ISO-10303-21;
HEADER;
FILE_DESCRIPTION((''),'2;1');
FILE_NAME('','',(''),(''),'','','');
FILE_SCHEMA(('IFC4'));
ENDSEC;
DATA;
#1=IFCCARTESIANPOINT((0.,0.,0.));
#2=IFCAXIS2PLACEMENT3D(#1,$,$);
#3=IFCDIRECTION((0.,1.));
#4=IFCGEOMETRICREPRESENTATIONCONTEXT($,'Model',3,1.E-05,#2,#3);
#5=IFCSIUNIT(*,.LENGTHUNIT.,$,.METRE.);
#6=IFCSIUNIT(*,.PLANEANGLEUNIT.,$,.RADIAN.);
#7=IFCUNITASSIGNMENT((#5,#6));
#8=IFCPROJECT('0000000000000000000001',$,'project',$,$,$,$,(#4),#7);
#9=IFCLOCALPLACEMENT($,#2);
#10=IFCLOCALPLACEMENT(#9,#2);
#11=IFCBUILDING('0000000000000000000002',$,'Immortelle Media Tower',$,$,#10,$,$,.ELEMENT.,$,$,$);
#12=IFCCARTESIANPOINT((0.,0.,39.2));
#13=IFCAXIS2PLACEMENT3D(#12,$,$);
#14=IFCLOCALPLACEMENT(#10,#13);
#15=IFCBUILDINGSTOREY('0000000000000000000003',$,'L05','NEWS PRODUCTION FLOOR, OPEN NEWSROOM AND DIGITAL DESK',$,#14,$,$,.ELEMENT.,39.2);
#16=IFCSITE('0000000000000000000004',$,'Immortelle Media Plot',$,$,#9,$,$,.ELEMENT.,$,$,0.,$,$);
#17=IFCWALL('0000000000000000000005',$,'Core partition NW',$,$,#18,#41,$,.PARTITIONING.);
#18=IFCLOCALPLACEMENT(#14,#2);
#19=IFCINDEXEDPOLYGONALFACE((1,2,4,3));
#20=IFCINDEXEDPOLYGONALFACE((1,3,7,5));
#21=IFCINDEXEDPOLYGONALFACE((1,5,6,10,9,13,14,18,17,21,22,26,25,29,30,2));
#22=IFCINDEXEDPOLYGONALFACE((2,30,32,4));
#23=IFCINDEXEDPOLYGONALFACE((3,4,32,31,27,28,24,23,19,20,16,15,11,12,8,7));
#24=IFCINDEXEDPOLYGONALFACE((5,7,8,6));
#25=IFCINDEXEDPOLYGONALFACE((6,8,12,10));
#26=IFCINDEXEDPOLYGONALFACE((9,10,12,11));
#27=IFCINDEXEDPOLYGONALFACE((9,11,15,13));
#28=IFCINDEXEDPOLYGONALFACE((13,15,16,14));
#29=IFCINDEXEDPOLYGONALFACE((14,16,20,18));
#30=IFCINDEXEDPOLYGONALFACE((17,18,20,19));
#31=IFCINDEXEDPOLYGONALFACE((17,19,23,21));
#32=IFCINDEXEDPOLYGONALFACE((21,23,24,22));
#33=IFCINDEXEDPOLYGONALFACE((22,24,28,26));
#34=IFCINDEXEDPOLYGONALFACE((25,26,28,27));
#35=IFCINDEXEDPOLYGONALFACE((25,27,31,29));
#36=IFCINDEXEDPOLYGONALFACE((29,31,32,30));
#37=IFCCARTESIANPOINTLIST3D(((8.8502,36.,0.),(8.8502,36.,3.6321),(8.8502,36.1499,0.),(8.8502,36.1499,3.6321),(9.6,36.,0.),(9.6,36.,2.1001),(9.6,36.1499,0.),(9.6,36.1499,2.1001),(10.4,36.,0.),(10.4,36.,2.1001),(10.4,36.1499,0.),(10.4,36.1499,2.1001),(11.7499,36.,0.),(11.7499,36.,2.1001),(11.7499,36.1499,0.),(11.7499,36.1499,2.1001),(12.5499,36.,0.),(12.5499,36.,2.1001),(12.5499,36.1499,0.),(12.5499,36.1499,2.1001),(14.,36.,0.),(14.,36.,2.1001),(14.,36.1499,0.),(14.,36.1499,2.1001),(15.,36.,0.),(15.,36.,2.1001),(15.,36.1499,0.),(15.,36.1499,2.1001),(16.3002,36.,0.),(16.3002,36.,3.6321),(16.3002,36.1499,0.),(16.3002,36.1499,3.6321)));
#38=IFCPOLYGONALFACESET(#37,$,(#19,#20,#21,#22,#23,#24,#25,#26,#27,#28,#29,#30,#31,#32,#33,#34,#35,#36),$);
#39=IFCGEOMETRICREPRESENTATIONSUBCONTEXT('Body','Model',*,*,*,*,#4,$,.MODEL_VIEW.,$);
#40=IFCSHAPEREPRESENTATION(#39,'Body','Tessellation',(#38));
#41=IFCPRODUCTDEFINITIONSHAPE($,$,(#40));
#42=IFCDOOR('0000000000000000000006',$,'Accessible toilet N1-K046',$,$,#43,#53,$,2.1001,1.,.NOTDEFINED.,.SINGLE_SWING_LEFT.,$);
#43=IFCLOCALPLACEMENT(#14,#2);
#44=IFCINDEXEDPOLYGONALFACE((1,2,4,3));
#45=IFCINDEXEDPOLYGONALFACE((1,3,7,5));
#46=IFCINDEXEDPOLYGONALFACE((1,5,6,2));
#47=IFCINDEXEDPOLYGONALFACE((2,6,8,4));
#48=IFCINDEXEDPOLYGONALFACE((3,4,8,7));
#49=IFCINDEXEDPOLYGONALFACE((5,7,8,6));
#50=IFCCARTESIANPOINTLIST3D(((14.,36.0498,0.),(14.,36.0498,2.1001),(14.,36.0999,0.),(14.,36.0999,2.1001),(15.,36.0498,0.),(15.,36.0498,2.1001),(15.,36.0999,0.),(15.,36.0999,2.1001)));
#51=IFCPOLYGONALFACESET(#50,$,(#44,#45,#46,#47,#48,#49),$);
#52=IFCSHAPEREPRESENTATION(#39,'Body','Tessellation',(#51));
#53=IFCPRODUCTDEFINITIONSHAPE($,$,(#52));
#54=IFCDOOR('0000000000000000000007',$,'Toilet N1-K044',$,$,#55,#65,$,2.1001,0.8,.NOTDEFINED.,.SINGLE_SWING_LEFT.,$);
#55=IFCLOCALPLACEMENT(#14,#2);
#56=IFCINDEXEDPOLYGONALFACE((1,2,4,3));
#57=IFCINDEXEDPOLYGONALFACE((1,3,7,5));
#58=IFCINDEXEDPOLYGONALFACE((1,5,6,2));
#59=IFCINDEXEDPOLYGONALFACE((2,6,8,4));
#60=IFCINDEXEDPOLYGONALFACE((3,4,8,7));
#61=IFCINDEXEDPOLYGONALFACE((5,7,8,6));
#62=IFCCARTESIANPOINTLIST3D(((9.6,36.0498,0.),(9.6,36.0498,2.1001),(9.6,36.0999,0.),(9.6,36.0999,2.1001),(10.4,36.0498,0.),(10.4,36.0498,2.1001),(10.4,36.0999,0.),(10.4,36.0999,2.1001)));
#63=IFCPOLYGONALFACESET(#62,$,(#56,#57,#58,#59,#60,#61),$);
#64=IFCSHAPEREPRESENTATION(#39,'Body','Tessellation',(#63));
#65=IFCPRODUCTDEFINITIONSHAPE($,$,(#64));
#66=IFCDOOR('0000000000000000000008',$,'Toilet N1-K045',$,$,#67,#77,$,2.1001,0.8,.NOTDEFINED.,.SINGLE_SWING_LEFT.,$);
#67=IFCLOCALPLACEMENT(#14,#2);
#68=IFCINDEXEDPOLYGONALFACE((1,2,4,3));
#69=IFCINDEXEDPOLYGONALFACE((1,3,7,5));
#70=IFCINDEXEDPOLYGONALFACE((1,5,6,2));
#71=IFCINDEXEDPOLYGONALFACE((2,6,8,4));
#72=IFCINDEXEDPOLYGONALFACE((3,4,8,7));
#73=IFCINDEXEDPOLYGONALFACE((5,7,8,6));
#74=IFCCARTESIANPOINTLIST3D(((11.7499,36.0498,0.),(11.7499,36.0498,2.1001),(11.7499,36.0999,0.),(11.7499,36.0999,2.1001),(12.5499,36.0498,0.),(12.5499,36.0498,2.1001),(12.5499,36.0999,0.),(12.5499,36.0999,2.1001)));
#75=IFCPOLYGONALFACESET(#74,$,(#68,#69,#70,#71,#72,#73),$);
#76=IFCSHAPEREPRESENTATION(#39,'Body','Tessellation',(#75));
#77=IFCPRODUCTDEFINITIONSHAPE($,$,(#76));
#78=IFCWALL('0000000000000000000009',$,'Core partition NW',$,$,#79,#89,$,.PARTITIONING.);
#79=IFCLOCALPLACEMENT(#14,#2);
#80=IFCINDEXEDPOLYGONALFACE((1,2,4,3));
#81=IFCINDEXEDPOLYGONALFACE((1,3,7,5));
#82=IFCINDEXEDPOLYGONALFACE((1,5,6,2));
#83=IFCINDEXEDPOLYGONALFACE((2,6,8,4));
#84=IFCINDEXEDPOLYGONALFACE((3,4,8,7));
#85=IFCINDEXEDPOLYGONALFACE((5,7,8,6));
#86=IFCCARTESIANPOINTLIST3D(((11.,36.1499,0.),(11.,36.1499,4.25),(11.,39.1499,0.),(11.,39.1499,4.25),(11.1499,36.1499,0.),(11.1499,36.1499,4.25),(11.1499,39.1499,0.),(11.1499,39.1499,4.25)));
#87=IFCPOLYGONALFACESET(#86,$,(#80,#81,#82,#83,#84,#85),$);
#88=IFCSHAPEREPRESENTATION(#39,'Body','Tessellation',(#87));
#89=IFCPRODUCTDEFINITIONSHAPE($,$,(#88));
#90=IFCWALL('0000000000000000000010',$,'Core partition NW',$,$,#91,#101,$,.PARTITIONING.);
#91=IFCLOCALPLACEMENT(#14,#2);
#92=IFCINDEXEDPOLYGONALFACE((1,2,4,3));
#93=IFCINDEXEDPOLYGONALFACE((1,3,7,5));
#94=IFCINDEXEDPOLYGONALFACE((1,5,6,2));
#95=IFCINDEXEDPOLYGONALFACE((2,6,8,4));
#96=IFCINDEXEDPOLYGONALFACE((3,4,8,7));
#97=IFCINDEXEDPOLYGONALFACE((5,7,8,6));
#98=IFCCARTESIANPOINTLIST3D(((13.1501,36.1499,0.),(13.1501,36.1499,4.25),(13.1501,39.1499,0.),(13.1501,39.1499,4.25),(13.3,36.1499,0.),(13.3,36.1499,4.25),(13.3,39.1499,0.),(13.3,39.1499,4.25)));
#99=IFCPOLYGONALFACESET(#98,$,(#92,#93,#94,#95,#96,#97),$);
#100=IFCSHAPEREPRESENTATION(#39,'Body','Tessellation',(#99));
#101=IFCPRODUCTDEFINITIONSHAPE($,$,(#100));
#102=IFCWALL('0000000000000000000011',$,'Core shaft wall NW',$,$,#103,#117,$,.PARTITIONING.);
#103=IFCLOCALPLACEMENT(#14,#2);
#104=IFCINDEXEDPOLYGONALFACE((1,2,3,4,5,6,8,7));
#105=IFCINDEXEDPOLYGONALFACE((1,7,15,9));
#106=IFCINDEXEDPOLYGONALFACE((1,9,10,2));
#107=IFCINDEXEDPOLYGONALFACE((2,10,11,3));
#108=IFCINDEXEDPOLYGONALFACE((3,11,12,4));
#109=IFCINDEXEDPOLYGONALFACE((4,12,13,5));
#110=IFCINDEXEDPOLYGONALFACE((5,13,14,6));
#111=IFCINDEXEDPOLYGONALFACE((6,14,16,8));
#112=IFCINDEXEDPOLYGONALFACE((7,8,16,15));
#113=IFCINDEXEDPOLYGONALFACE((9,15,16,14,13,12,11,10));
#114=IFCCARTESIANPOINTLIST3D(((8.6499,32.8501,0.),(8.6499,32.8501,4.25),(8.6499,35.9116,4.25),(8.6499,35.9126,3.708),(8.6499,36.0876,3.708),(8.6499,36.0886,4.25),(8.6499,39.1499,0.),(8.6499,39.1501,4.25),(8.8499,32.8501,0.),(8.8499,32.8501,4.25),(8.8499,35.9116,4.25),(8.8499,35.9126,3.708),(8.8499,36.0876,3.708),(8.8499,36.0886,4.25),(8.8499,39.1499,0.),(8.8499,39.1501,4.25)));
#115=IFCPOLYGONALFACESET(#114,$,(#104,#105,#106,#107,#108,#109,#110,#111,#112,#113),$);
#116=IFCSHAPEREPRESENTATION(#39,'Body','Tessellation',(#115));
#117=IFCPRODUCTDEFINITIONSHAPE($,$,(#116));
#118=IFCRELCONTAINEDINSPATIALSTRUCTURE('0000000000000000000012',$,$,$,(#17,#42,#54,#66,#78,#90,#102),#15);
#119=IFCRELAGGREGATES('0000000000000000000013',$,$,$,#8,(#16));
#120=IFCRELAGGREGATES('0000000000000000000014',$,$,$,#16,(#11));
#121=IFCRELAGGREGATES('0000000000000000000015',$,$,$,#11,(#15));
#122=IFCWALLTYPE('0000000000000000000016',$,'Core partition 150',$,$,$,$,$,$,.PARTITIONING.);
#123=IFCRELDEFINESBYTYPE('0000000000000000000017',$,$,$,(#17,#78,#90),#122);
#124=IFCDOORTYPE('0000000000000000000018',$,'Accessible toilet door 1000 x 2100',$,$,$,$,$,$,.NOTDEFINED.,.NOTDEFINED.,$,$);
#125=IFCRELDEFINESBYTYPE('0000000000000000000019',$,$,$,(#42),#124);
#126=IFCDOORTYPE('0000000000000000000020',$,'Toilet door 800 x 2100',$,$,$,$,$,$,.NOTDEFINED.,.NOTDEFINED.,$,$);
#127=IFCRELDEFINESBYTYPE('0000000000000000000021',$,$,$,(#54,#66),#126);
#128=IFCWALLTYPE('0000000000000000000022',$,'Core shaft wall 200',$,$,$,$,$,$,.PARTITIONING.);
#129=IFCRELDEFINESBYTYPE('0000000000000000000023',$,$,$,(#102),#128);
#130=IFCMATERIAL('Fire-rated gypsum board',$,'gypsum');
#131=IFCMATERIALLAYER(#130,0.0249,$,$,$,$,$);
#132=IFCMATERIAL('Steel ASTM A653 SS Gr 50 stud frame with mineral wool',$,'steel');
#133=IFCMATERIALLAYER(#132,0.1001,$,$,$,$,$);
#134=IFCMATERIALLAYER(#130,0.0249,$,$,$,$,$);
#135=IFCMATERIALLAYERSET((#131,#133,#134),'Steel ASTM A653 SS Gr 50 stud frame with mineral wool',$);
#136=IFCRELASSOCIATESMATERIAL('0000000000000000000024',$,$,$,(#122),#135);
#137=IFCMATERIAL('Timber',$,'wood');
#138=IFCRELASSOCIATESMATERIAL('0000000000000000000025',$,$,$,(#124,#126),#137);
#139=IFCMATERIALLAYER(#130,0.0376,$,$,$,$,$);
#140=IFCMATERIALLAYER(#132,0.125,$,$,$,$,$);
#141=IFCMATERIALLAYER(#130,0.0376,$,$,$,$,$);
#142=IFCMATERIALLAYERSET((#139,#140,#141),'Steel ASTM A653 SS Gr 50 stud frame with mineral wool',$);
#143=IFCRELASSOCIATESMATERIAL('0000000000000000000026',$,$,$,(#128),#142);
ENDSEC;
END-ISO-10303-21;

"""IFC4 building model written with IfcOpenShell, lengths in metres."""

from ifc_helpers import new_model, si_unit, direction, frame, frame_2d, origin, place, context, subcontext, project, spatial, polyline, rectangle, outline, extrude, material, layer, layer_set, type_object, element, fill, save


model = new_model("IFC4")

# Units and contexts
model_context = context("Model", 3, precision=1e-05, world=origin(), true_north=direction((0.0, 1.0)))
body_context = subcontext(model_context, "Body", "Model", "MODEL_VIEW")
ifc_project = project(units=[si_unit("LENGTHUNIT", "METRE"), si_unit("PLANEANGLEUNIT", "RADIAN")], contexts=[model_context])

# Site, building, storey
site_placement = place(None, origin())
site = spatial("IfcSite", under=ifc_project, at=site_placement, Name="Immortelle Media Plot", CompositionType="ELEMENT", RefElevation=0.0)
building_placement = place(site_placement, origin())
building = spatial("IfcBuilding", under=site, at=building_placement, Name="Immortelle Media Tower", CompositionType="ELEMENT")
storey_placement = place(building_placement, frame((0.0, 0.0, 39.2)))
storey = spatial("IfcBuildingStorey", under=building, at=storey_placement, Name="L05", Description="NEWS PRODUCTION FLOOR, OPEN NEWSROOM AND DIGITAL DESK", CompositionType="ELEMENT", Elevation=39.2)

# Wall, openings, doors
ifc_material_1 = material(Name="Fire-rated gypsum board", Category="gypsum")
ifc_layer_1 = layer(ifc_material_1, 0.0249)
ifc_material_2 = material(Name="Steel ASTM A653 SS Gr 50 stud frame with mineral wool", Category="steel")
ifc_layer_2 = layer(ifc_material_2, 0.1001)
ifc_layer_3 = layer(ifc_material_1, 0.0249)
ifc_layer_set_1 = layer_set([ifc_layer_1, ifc_layer_2, ifc_layer_3], Name="Steel ASTM A653 SS Gr 50 stud frame with mineral wool")
wall_type_1 = type_object("IfcWallType", Name="Core partition 150", PredefinedType="PARTITIONING", material=ifc_layer_set_1)
wall_1_placement = place(storey_placement, frame((8.8501, 36.075, 0.0), z_axis=(0.0, 0.0, 1.0), x_axis=(1.0, 0.0, 0.0)))
wall_1 = element("IfcWall", 1, at=wall_1_placement, inside=storey, type_object=wall_type_1, Name="Core partition NW", PredefinedType="PARTITIONING", context=body_context, shape_type="SweptSolid", body=[
    extrude(rectangle(XDim=7.45, YDim=0.1499, at=frame_2d((3.7251, 0.0))), origin(), (0.0, 0.0, 1.0), 3.6321),
])
opening_1_placement = place(wall_1_placement, frame((0.75, 0.0, 0.0)))
opening_1 = element("IfcOpeningElement", 2, at=opening_1_placement, cuts=wall_1, PredefinedType="OPENING", context=body_context, shape_type="SweptSolid", body=[
    extrude(rectangle(XDim=0.8, YDim=2.1001, at=frame_2d((0.3999, 1.05))), frame((0.0, 0.085, 0.0), z_axis=(0.0, -1.0, 0.0), x_axis=(1.0, 0.0, 0.0)), (0.0, 0.0, 1.0), 0.1699),
])
opening_2_placement = place(wall_1_placement, frame((2.8999, 0.0, 0.0)))
opening_2 = element("IfcOpeningElement", 3, at=opening_2_placement, cuts=wall_1, PredefinedType="OPENING", context=body_context, shape_type="SweptSolid", body=[
    extrude(rectangle(XDim=0.8, YDim=2.1001, at=frame_2d((0.3999, 1.05))), frame((0.0, 0.085, 0.0), z_axis=(0.0, -1.0, 0.0), x_axis=(1.0, 0.0, 0.0)), (0.0, 0.0, 1.0), 0.1699),
])
opening_3_placement = place(wall_1_placement, frame((5.1499, 0.0, 0.0)))
opening_3 = element("IfcOpeningElement", 4, at=opening_3_placement, cuts=wall_1, PredefinedType="OPENING", context=body_context, shape_type="SweptSolid", body=[
    extrude(rectangle(XDim=1.0, YDim=2.1001, at=frame_2d((0.5, 1.05))), frame((0.0, 0.085, 0.0), z_axis=(0.0, -1.0, 0.0), x_axis=(1.0, 0.0, 0.0)), (0.0, 0.0, 1.0), 0.1699),
])
ifc_material_3 = material(Name="Timber", Category="wood")
door_type_1 = type_object("IfcDoorType", Name="Accessible toilet door 1000 x 2100", OperationType="NOTDEFINED", PredefinedType="NOTDEFINED", material=ifc_material_3)
door_1_placement = place(opening_3_placement, origin())
door_1 = element("IfcDoor", 5, at=door_1_placement, inside=storey, type_object=door_type_1, Name="Accessible toilet N1-K046", OperationType="SINGLE_SWING_LEFT", OverallHeight=2.1001, OverallWidth=1.0, PredefinedType="NOTDEFINED", context=body_context, shape_type="SweptSolid", body=[
    extrude(rectangle(XDim=1.0, YDim=2.1001, at=frame_2d((0.5, 1.05))), frame((0.0, 0.0249, 0.0), z_axis=(0.0, -1.0, 0.0), x_axis=(1.0, 0.0, 0.0)), (0.0, 0.0, 1.0), 0.05),
])
fill(opening_3, door_1)
door_type_2 = type_object("IfcDoorType", Name="Toilet door 800 x 2100", OperationType="NOTDEFINED", PredefinedType="NOTDEFINED", material=ifc_material_3)
door_2_placement = place(opening_1_placement, origin())
door_2 = element("IfcDoor", 6, at=door_2_placement, inside=storey, type_object=door_type_2, Name="Toilet N1-K044", OperationType="SINGLE_SWING_LEFT", OverallHeight=2.1001, OverallWidth=0.8, PredefinedType="NOTDEFINED", context=body_context, shape_type="SweptSolid", body=[
    extrude(rectangle(XDim=0.8, YDim=2.1001, at=frame_2d((0.3999, 1.05))), frame((0.0, 0.0249, 0.0), z_axis=(0.0, -1.0, 0.0), x_axis=(1.0, 0.0, 0.0)), (0.0, 0.0, 1.0), 0.05),
])
fill(opening_1, door_2)
door_3_placement = place(opening_2_placement, origin())
door_3 = element("IfcDoor", 7, at=door_3_placement, inside=storey, type_object=door_type_2, Name="Toilet N1-K045", OperationType="SINGLE_SWING_LEFT", OverallHeight=2.1001, OverallWidth=0.8, PredefinedType="NOTDEFINED", context=body_context, shape_type="SweptSolid", body=[
    extrude(rectangle(XDim=0.8, YDim=2.1001, at=frame_2d((0.3999, 1.05))), frame((0.0, 0.0249, 0.0), z_axis=(0.0, -1.0, 0.0), x_axis=(1.0, 0.0, 0.0)), (0.0, 0.0, 1.0), 0.05),
])
fill(opening_2, door_3)

# Walls
for number, where, z_axis, x_axis, name in (
    (8, (11.075, 36.1499, 0.0), (0.0, 0.0, 1.0), (0.0, 1.0, 0.0), "Core partition NW"),
    (9, (13.2251, 36.1499, 0.0), (0.0, 0.0, 1.0), (0.0, 1.0, 0.0), "Core partition NW"),
):
    element("IfcWall", number, at=place(storey_placement, frame(where, z_axis=z_axis, x_axis=x_axis)), inside=storey, type_object=wall_type_1, Name=name, PredefinedType="PARTITIONING", context=body_context, shape_type="SweptSolid", body=[
        extrude(rectangle(XDim=3.0, YDim=0.1499, at=frame_2d((1.5, 0.0))), origin(), (0.0, 0.0, 1.0), 4.25),
    ])
ifc_layer_4 = layer(ifc_material_1, 0.0376)
ifc_layer_5 = layer(ifc_material_2, 0.125)
ifc_layer_6 = layer(ifc_material_1, 0.0376)
ifc_layer_set_2 = layer_set([ifc_layer_4, ifc_layer_5, ifc_layer_6], Name="Steel ASTM A653 SS Gr 50 stud frame with mineral wool")
wall_type_2 = type_object("IfcWallType", Name="Core shaft wall 200", PredefinedType="PARTITIONING", material=ifc_layer_set_2)
wall_2_placement = place(storey_placement, frame((8.75, 32.8501, 0.0), z_axis=(0.0, 0.0, 1.0), x_axis=(0.0, 1.0, 0.0)))
element("IfcWall", 10, at=wall_2_placement, inside=storey, type_object=wall_type_2, Name="Core shaft wall NW", PredefinedType="PARTITIONING", context=body_context, shape_type="SweptSolid", body=[
    extrude(outline(polyline([(0.0, 0.0), (6.2998, 0.0), (6.3, 4.25), (3.2385, 4.25), (3.2375, 3.708), (3.0625, 3.708), (3.0615, 4.25), (0.0, 4.25), (0.0, 0.0)])), frame((0.0, 0.1001, 0.0), z_axis=(0.0, -1.0, 0.0), x_axis=(1.0, 0.0, 0.0)), (0.0, 0.0, 1.0), 0.2),
])

save(model, "model.ifc")
